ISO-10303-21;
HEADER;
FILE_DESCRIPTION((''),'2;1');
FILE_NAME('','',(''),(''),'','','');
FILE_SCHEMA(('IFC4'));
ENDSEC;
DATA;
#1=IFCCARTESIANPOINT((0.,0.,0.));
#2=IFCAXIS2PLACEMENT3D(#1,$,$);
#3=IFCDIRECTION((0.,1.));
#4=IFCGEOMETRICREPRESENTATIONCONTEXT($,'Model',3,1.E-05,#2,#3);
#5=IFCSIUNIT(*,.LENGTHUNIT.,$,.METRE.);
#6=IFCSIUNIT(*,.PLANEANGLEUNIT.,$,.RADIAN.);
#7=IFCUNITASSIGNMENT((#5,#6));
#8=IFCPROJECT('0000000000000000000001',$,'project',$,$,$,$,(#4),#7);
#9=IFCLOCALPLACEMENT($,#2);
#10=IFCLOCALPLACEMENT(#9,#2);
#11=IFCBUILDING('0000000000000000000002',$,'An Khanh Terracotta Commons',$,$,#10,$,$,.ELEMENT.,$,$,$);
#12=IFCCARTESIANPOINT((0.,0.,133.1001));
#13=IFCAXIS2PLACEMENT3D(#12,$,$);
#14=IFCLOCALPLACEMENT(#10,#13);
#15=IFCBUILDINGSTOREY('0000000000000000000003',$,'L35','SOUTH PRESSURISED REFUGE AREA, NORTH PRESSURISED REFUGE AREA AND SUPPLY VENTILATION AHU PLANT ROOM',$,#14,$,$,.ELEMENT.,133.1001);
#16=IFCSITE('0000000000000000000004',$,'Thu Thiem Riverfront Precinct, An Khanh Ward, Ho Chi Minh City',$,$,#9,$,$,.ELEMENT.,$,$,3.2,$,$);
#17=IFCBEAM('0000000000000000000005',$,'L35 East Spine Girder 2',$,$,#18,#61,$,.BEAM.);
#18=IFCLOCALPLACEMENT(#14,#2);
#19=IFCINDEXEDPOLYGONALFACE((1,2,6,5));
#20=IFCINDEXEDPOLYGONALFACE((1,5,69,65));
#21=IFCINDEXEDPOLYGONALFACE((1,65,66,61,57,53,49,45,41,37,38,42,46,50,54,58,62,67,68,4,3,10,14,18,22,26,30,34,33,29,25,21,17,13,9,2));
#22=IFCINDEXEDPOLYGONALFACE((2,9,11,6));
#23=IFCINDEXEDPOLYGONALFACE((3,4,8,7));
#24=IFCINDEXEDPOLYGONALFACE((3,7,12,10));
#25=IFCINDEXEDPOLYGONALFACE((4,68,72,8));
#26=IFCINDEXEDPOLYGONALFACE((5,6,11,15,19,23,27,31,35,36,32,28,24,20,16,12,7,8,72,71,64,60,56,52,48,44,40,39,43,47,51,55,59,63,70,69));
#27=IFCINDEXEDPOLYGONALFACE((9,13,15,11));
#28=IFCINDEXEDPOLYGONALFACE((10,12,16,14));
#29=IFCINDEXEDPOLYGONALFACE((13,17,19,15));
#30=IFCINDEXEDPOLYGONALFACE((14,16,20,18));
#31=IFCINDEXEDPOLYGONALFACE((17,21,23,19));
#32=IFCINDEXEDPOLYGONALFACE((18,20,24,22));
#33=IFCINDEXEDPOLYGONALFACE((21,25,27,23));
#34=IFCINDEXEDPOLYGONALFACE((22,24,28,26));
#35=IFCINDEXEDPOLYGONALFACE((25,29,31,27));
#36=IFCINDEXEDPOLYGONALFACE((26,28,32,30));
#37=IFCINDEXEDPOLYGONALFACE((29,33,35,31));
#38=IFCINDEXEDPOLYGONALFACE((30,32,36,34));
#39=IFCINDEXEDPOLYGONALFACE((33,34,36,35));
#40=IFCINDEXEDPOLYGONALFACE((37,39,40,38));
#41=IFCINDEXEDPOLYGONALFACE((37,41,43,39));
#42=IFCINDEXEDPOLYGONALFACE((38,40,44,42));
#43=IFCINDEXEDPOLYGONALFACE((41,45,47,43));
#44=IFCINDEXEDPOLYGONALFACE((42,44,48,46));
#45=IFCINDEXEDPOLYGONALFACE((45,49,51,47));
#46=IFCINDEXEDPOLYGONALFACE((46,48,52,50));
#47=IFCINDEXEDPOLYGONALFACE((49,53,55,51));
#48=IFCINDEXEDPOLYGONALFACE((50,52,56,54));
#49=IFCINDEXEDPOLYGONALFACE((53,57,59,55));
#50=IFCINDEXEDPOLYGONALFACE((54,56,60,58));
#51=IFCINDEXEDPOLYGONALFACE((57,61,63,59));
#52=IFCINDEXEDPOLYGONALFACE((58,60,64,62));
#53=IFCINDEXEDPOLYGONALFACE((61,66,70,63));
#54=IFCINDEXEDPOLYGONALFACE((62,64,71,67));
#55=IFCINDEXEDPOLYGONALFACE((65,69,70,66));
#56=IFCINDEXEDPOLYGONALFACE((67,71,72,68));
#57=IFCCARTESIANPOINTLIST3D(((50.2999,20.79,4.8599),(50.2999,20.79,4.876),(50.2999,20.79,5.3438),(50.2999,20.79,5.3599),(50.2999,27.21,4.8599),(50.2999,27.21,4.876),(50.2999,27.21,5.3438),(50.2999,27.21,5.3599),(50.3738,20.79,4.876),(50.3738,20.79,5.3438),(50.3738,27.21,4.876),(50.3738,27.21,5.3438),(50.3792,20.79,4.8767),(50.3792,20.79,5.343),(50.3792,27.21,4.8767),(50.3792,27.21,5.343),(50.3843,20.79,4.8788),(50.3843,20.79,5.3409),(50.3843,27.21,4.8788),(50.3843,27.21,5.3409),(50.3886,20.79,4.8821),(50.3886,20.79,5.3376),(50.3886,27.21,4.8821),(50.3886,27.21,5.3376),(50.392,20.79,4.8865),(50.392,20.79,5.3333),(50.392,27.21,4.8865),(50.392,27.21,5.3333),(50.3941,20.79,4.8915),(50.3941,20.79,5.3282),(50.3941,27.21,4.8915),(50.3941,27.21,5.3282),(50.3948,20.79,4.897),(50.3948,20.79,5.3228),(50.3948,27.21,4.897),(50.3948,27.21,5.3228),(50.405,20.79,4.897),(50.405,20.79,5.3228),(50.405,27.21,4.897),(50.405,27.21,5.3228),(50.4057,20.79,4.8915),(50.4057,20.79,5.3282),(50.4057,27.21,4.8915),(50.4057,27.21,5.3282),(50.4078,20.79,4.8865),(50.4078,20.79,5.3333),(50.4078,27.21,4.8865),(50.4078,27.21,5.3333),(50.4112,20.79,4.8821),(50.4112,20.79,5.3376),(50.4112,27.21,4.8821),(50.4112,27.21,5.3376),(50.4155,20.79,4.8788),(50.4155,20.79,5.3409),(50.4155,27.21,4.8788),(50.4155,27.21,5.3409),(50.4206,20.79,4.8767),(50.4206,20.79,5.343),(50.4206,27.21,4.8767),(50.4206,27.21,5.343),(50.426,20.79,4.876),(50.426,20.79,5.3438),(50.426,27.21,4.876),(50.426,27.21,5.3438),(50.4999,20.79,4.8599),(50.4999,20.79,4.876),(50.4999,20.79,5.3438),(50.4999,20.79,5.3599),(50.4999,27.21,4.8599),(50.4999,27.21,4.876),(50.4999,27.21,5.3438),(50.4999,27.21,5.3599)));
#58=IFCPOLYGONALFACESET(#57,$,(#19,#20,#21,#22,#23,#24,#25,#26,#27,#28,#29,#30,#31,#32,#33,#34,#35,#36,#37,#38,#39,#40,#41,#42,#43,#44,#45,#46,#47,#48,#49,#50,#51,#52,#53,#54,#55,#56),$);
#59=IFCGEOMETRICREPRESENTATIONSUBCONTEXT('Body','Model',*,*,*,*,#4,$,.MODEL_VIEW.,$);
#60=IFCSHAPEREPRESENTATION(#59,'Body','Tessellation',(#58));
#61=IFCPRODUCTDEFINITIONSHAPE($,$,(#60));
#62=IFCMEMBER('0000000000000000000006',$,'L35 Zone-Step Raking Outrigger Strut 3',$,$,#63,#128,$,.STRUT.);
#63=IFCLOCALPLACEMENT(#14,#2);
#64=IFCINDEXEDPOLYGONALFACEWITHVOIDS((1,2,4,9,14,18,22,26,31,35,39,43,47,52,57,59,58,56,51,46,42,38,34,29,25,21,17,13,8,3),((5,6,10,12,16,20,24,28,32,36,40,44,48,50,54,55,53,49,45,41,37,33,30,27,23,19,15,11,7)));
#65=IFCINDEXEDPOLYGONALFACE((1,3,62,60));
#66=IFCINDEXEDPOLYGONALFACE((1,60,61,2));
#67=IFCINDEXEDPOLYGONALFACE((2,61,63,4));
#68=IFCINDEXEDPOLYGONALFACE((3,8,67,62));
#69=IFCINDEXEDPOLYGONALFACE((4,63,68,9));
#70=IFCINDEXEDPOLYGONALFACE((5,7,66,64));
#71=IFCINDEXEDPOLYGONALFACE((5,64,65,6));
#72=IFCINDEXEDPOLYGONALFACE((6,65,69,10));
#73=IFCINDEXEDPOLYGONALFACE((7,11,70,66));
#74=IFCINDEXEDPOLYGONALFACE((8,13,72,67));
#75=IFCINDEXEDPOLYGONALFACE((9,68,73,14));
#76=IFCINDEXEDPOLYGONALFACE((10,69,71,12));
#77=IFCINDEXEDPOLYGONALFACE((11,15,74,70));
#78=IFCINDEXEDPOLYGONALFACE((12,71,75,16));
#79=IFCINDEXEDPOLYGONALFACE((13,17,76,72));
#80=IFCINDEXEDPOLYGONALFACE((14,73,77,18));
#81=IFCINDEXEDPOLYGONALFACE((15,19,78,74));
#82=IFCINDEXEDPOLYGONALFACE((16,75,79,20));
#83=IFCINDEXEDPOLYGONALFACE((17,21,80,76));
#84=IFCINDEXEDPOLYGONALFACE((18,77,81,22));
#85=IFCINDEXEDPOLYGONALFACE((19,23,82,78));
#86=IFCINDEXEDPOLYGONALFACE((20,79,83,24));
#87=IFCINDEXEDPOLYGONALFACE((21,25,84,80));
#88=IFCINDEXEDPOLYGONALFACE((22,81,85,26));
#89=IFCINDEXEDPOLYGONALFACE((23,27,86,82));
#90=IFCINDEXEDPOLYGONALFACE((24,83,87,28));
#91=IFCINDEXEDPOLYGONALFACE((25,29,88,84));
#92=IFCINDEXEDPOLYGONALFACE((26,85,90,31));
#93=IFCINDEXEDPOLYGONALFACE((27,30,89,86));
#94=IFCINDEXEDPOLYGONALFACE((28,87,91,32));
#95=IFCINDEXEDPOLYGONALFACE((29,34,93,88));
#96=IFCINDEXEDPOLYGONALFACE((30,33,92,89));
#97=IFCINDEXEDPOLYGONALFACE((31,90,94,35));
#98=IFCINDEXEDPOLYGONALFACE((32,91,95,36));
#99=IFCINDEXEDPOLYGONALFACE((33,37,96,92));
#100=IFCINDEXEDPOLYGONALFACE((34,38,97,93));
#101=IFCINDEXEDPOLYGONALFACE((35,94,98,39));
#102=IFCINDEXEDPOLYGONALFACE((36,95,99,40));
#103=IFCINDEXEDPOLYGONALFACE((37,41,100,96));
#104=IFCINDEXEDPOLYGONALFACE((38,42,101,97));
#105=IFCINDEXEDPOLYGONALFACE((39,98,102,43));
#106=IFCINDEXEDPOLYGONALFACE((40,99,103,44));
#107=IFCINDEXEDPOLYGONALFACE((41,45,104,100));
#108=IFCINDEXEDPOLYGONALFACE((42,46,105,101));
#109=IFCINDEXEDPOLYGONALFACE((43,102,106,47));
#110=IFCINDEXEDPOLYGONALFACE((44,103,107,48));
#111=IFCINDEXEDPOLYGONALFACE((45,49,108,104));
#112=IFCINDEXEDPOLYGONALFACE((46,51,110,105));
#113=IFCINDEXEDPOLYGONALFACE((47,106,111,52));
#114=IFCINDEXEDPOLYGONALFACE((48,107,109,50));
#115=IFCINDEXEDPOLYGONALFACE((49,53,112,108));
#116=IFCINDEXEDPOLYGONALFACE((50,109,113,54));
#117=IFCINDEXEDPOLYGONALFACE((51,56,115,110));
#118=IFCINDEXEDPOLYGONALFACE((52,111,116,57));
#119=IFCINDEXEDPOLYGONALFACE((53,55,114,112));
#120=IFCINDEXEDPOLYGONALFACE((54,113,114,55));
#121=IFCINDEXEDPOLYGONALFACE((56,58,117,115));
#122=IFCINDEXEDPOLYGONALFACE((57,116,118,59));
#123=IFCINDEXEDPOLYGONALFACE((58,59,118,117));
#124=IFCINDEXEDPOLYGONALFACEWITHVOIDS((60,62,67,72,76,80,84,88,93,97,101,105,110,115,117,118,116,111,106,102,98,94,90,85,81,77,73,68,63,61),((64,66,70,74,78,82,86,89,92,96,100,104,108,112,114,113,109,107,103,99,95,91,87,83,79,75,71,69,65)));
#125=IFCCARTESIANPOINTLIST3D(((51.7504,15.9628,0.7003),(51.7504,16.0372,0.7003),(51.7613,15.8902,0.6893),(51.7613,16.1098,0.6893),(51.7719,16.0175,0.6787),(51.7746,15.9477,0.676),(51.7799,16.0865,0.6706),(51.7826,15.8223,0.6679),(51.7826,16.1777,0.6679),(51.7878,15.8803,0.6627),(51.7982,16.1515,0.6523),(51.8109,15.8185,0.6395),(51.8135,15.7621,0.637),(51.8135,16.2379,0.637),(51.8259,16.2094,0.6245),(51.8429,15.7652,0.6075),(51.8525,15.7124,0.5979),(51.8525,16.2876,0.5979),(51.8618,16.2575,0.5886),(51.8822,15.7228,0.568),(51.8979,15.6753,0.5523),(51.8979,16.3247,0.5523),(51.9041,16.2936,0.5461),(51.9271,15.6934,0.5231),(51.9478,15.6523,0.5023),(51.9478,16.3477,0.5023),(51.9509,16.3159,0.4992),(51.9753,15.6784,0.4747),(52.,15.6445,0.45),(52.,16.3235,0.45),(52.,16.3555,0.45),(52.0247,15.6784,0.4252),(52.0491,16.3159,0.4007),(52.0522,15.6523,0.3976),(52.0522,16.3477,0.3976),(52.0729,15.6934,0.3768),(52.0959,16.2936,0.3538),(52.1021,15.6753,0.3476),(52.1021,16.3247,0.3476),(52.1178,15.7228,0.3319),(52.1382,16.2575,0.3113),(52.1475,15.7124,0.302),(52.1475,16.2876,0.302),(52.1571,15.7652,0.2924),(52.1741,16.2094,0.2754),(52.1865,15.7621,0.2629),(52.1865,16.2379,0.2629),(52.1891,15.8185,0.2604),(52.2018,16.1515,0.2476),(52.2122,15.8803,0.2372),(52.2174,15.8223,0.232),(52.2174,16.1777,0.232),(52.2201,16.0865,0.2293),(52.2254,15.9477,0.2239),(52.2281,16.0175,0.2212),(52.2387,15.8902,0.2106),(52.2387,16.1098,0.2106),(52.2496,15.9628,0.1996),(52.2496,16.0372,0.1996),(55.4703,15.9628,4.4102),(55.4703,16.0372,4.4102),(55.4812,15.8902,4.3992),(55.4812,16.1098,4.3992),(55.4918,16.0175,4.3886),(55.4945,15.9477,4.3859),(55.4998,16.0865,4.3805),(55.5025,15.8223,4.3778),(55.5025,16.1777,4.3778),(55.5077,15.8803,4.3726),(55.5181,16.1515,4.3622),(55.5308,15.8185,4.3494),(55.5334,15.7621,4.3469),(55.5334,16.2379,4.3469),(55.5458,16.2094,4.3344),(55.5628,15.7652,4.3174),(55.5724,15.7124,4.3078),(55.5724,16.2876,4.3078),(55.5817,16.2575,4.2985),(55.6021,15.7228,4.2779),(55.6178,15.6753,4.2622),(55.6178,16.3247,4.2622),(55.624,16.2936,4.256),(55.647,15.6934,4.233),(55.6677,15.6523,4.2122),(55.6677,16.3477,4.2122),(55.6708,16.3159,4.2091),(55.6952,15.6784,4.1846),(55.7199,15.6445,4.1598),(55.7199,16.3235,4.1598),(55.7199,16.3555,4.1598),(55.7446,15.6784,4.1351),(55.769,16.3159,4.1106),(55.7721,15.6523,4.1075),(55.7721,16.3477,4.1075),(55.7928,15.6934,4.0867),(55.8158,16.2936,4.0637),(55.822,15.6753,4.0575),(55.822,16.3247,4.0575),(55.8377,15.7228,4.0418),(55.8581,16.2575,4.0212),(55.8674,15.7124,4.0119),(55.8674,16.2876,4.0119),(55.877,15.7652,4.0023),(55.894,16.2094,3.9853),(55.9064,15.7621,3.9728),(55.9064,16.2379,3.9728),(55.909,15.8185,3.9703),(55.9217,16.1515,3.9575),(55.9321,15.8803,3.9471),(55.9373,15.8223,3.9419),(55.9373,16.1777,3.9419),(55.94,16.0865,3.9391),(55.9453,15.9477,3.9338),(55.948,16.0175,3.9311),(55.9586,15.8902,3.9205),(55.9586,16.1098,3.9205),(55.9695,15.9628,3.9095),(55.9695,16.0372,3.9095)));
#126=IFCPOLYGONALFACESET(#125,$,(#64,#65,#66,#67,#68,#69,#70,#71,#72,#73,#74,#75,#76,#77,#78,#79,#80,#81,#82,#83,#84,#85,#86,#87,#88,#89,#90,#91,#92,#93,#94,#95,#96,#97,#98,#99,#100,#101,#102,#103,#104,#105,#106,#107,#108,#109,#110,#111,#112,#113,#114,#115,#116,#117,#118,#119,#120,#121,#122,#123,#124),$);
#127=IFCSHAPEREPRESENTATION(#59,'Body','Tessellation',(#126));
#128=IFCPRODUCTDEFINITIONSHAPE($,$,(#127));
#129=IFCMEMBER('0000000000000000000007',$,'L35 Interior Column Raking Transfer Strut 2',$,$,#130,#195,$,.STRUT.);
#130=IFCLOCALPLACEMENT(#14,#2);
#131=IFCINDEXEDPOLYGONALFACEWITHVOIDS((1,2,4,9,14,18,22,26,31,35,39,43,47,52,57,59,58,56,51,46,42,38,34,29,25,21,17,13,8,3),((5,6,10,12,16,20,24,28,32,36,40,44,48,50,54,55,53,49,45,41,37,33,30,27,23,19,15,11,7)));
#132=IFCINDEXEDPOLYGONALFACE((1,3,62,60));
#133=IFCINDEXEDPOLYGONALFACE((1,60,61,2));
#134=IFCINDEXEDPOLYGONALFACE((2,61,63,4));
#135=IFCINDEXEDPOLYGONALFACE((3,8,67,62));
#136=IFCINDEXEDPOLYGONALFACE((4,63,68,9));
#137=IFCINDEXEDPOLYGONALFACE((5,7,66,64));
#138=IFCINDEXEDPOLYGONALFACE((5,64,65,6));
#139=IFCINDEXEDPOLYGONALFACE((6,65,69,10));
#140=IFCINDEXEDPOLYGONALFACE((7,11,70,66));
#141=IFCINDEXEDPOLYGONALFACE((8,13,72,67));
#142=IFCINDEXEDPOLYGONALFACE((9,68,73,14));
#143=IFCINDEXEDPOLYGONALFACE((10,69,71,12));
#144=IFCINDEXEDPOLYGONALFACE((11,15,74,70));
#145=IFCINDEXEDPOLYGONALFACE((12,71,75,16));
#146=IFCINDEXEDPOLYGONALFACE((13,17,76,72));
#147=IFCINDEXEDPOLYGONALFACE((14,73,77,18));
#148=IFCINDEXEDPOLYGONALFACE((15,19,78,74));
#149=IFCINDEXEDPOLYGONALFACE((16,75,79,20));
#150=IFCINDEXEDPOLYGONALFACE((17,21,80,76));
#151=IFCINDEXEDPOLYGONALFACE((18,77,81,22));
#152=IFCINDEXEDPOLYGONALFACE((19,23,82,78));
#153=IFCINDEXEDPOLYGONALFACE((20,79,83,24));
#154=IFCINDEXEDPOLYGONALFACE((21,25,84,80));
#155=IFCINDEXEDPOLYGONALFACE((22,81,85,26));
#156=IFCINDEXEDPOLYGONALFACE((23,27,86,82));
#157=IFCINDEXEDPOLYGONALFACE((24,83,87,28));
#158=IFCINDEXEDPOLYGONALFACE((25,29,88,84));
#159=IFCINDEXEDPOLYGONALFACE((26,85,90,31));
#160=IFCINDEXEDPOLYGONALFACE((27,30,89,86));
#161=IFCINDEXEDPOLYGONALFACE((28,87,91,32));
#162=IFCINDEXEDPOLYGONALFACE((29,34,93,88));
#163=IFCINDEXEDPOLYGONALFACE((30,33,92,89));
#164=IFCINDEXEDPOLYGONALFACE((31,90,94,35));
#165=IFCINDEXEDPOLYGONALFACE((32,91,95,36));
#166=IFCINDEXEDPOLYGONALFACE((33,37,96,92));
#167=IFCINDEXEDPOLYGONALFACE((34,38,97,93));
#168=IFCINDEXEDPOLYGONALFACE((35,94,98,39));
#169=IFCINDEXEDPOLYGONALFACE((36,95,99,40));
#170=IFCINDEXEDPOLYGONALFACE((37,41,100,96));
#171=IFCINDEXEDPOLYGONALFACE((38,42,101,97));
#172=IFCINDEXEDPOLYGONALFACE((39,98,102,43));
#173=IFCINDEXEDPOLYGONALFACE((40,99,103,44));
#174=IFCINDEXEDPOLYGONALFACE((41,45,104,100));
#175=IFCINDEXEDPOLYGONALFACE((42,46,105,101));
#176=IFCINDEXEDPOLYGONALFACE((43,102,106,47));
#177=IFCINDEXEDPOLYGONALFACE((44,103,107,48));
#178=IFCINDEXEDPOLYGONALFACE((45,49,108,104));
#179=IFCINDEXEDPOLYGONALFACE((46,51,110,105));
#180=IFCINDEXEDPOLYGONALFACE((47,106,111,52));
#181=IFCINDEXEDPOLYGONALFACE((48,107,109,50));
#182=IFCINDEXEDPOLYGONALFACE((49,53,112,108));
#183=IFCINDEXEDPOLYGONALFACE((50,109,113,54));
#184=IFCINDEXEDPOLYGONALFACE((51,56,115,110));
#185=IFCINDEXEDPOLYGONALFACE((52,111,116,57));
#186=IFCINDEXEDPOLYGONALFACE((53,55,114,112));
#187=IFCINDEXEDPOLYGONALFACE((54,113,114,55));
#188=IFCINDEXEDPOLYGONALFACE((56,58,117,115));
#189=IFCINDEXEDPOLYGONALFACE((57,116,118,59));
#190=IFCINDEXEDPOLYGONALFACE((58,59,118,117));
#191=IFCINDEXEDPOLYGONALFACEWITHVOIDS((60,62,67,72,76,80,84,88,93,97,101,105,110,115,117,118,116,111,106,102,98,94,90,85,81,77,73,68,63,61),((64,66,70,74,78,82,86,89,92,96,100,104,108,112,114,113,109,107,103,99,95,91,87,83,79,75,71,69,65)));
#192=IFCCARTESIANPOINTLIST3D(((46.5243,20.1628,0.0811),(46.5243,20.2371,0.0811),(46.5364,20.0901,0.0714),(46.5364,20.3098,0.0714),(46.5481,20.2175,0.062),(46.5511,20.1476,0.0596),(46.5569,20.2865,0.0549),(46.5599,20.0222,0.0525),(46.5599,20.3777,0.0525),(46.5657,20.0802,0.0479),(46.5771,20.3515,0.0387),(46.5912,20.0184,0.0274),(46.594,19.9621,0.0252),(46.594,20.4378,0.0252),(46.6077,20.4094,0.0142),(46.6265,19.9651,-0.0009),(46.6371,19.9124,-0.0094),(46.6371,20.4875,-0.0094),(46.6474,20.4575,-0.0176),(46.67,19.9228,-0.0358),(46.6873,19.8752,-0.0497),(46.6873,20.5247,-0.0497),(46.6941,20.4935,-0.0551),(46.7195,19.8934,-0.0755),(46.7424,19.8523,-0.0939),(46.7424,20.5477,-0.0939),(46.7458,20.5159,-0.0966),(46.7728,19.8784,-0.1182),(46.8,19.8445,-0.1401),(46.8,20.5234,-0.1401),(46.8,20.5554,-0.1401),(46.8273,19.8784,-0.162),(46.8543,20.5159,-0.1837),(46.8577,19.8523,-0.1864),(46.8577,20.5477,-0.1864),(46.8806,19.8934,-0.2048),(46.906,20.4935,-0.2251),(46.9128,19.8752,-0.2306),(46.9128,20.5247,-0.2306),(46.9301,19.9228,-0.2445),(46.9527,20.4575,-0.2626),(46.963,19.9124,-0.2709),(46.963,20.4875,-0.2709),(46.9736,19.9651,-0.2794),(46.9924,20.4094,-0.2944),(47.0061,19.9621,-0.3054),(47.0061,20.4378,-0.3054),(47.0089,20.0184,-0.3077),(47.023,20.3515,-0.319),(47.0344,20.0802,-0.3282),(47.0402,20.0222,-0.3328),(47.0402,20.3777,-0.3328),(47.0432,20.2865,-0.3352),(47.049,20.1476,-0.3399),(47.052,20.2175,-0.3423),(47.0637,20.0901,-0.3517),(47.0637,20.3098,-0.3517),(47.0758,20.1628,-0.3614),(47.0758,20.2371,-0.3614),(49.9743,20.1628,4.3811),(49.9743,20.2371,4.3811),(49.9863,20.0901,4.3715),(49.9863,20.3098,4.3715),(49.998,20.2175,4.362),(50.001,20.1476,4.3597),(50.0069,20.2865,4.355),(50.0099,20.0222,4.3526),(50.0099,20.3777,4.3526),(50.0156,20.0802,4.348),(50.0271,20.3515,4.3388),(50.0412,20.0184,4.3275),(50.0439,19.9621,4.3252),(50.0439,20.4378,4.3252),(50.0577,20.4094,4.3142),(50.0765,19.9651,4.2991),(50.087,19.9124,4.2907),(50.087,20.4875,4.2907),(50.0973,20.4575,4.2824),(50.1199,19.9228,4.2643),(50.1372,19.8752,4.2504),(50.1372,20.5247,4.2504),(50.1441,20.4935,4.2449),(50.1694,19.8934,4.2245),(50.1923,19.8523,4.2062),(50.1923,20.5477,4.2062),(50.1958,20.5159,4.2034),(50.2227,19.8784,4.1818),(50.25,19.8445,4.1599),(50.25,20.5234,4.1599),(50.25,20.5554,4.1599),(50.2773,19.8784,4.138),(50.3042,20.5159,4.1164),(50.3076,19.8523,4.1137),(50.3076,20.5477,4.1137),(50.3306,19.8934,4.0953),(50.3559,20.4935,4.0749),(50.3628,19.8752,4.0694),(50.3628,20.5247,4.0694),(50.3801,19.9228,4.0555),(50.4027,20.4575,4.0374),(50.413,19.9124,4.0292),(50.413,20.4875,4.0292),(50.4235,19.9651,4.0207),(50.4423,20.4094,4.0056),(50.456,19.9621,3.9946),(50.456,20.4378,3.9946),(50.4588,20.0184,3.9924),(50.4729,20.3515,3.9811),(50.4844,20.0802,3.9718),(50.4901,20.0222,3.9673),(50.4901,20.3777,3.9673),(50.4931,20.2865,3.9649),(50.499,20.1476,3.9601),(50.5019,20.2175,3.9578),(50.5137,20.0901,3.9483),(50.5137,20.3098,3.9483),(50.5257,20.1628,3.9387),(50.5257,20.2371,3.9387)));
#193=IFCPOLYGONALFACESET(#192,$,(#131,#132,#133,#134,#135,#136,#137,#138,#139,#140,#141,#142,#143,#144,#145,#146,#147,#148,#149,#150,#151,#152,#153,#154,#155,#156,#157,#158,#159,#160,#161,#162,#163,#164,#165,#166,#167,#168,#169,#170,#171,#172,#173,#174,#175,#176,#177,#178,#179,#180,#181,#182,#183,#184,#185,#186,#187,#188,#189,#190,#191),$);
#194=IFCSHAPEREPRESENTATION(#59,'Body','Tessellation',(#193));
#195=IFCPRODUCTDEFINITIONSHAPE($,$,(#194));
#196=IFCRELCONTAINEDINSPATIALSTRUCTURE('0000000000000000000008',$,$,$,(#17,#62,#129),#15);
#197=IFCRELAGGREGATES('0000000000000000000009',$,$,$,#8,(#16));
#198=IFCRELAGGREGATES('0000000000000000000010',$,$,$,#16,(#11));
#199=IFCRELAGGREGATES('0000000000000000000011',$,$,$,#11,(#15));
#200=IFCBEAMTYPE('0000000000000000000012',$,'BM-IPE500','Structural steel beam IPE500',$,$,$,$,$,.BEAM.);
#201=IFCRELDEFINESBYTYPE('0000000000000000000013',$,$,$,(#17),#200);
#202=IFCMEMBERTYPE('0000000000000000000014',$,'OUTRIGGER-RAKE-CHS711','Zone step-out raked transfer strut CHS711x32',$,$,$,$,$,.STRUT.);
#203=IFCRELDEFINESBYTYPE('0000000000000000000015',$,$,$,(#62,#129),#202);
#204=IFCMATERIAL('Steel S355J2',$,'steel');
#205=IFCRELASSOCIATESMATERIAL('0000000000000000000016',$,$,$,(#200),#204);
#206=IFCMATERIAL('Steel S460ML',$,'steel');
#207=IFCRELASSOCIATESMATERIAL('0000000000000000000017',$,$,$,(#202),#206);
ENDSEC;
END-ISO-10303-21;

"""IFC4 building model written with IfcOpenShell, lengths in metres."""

from ifc_helpers import new_model, si_unit, direction, frame, origin, origin_2d, place, context, subcontext, project, spatial, hollow_circle, i_section, extrude, material, material_profile, profile_set, type_object, element, save


model = new_model("IFC4")

# Units and contexts
model_context = context("Model", 3, precision=1e-05, world=origin(), true_north=direction((0.0, 1.0)))
body_context = subcontext(model_context, "Body", "Model", "MODEL_VIEW")
ifc_project = project(units=[si_unit("LENGTHUNIT", "METRE"), si_unit("PLANEANGLEUNIT", "RADIAN")], contexts=[model_context])

# Site, building, storey
site_placement = place(None, origin())
site = spatial("IfcSite", under=ifc_project, at=site_placement, Name="Thu Thiem Riverfront Precinct, An Khanh Ward, Ho Chi Minh City", CompositionType="ELEMENT", RefElevation=3.2)
building_placement = place(site_placement, origin())
building = spatial("IfcBuilding", under=site, at=building_placement, Name="An Khanh Terracotta Commons", CompositionType="ELEMENT")
storey_placement = place(building_placement, frame((0.0, 0.0, 133.1001)))
storey = spatial("IfcBuildingStorey", under=building, at=storey_placement, Name="L35", Description="SOUTH PRESSURISED REFUGE AREA, NORTH PRESSURISED REFUGE AREA AND SUPPLY VENTILATION AHU PLANT ROOM", CompositionType="ELEMENT", Elevation=133.1001)

# Shared definitions
ifc_material_1 = material(Name="Steel S460ML", Category="steel")

# Beam
ifc_material_2 = material(Name="Steel S355J2", Category="steel")
ifc_material_profile_1 = material_profile(ifc_material_2, i_section(OverallWidth=0.2, OverallDepth=0.5, WebThickness=0.0103, FlangeThickness=0.0161, FilletRadius=0.021, at=origin_2d()), Name="IPE500")
ifc_profile_set_1 = profile_set([ifc_material_profile_1], Name="Steel S355J2")
beam_type_1 = type_object("IfcBeamType", Name="BM-IPE500", Description="Structural steel beam IPE500", PredefinedType="BEAM", material=ifc_profile_set_1)
beam_1_placement = place(storey_placement, frame((50.3999, 20.79, 5.1099), z_axis=(0.0, 1.0, 0.0), x_axis=(-1.0, 0.0, 0.0)))
element("IfcBeam", 1, at=beam_1_placement, inside=storey, type_object=beam_type_1, Name="L35 East Spine Girder 2", PredefinedType="BEAM", context=body_context, shape_type="SweptSolid", body=[
    extrude(i_section(OverallWidth=0.2, OverallDepth=0.5, WebThickness=0.0103, FlangeThickness=0.0161, FilletRadius=0.021, at=origin_2d()), origin(), (0.0, 0.0, 1.0), 6.4199),
])

# Members
ifc_material_profile_2 = material_profile(ifc_material_1, hollow_circle(Radius=0.3555, WallThickness=0.032, at=origin_2d()), Name="CHS711x32")
ifc_profile_set_2 = profile_set([ifc_material_profile_2], Name="Steel S460ML")
member_type_1 = type_object("IfcMemberType", Name="OUTRIGGER-RAKE-CHS711", Description="Zone step-out raked transfer strut CHS711x32", PredefinedType="STRUT", material=ifc_profile_set_2)
member_1_placement = place(storey_placement, frame((52.0, 16.0, 0.45), z_axis=(0.708059, 0.0, 0.706154), x_axis=(0.0, 1.0, 0.0)))
element("IfcMember", 2, at=member_1_placement, inside=storey, type_object=member_type_1, Name="L35 Zone-Step Raking Outrigger Strut 3", PredefinedType="STRUT", context=body_context, shape_type="SweptSolid", body=[
    extrude(hollow_circle(Radius=0.3555, WallThickness=0.032, at=origin_2d()), origin(), (0.0, 0.0, 1.0), 5.2537),
])
member_2_placement = place(storey_placement, frame((46.8, 20.2, -0.1401), z_axis=(0.625791, 0.0, 0.779991), x_axis=(0.0, 1.0, 0.0)))
element("IfcMember", 3, at=member_2_placement, inside=storey, type_object=member_type_1, Name="L35 Interior Column Raking Transfer Strut 2", PredefinedType="STRUT", context=body_context, shape_type="SweptSolid", body=[
    extrude(hollow_circle(Radius=0.3555, WallThickness=0.032, at=origin_2d()), origin(), (0.0, 0.0, 1.0), 5.5129),
])

save(model, "model.ifc")
